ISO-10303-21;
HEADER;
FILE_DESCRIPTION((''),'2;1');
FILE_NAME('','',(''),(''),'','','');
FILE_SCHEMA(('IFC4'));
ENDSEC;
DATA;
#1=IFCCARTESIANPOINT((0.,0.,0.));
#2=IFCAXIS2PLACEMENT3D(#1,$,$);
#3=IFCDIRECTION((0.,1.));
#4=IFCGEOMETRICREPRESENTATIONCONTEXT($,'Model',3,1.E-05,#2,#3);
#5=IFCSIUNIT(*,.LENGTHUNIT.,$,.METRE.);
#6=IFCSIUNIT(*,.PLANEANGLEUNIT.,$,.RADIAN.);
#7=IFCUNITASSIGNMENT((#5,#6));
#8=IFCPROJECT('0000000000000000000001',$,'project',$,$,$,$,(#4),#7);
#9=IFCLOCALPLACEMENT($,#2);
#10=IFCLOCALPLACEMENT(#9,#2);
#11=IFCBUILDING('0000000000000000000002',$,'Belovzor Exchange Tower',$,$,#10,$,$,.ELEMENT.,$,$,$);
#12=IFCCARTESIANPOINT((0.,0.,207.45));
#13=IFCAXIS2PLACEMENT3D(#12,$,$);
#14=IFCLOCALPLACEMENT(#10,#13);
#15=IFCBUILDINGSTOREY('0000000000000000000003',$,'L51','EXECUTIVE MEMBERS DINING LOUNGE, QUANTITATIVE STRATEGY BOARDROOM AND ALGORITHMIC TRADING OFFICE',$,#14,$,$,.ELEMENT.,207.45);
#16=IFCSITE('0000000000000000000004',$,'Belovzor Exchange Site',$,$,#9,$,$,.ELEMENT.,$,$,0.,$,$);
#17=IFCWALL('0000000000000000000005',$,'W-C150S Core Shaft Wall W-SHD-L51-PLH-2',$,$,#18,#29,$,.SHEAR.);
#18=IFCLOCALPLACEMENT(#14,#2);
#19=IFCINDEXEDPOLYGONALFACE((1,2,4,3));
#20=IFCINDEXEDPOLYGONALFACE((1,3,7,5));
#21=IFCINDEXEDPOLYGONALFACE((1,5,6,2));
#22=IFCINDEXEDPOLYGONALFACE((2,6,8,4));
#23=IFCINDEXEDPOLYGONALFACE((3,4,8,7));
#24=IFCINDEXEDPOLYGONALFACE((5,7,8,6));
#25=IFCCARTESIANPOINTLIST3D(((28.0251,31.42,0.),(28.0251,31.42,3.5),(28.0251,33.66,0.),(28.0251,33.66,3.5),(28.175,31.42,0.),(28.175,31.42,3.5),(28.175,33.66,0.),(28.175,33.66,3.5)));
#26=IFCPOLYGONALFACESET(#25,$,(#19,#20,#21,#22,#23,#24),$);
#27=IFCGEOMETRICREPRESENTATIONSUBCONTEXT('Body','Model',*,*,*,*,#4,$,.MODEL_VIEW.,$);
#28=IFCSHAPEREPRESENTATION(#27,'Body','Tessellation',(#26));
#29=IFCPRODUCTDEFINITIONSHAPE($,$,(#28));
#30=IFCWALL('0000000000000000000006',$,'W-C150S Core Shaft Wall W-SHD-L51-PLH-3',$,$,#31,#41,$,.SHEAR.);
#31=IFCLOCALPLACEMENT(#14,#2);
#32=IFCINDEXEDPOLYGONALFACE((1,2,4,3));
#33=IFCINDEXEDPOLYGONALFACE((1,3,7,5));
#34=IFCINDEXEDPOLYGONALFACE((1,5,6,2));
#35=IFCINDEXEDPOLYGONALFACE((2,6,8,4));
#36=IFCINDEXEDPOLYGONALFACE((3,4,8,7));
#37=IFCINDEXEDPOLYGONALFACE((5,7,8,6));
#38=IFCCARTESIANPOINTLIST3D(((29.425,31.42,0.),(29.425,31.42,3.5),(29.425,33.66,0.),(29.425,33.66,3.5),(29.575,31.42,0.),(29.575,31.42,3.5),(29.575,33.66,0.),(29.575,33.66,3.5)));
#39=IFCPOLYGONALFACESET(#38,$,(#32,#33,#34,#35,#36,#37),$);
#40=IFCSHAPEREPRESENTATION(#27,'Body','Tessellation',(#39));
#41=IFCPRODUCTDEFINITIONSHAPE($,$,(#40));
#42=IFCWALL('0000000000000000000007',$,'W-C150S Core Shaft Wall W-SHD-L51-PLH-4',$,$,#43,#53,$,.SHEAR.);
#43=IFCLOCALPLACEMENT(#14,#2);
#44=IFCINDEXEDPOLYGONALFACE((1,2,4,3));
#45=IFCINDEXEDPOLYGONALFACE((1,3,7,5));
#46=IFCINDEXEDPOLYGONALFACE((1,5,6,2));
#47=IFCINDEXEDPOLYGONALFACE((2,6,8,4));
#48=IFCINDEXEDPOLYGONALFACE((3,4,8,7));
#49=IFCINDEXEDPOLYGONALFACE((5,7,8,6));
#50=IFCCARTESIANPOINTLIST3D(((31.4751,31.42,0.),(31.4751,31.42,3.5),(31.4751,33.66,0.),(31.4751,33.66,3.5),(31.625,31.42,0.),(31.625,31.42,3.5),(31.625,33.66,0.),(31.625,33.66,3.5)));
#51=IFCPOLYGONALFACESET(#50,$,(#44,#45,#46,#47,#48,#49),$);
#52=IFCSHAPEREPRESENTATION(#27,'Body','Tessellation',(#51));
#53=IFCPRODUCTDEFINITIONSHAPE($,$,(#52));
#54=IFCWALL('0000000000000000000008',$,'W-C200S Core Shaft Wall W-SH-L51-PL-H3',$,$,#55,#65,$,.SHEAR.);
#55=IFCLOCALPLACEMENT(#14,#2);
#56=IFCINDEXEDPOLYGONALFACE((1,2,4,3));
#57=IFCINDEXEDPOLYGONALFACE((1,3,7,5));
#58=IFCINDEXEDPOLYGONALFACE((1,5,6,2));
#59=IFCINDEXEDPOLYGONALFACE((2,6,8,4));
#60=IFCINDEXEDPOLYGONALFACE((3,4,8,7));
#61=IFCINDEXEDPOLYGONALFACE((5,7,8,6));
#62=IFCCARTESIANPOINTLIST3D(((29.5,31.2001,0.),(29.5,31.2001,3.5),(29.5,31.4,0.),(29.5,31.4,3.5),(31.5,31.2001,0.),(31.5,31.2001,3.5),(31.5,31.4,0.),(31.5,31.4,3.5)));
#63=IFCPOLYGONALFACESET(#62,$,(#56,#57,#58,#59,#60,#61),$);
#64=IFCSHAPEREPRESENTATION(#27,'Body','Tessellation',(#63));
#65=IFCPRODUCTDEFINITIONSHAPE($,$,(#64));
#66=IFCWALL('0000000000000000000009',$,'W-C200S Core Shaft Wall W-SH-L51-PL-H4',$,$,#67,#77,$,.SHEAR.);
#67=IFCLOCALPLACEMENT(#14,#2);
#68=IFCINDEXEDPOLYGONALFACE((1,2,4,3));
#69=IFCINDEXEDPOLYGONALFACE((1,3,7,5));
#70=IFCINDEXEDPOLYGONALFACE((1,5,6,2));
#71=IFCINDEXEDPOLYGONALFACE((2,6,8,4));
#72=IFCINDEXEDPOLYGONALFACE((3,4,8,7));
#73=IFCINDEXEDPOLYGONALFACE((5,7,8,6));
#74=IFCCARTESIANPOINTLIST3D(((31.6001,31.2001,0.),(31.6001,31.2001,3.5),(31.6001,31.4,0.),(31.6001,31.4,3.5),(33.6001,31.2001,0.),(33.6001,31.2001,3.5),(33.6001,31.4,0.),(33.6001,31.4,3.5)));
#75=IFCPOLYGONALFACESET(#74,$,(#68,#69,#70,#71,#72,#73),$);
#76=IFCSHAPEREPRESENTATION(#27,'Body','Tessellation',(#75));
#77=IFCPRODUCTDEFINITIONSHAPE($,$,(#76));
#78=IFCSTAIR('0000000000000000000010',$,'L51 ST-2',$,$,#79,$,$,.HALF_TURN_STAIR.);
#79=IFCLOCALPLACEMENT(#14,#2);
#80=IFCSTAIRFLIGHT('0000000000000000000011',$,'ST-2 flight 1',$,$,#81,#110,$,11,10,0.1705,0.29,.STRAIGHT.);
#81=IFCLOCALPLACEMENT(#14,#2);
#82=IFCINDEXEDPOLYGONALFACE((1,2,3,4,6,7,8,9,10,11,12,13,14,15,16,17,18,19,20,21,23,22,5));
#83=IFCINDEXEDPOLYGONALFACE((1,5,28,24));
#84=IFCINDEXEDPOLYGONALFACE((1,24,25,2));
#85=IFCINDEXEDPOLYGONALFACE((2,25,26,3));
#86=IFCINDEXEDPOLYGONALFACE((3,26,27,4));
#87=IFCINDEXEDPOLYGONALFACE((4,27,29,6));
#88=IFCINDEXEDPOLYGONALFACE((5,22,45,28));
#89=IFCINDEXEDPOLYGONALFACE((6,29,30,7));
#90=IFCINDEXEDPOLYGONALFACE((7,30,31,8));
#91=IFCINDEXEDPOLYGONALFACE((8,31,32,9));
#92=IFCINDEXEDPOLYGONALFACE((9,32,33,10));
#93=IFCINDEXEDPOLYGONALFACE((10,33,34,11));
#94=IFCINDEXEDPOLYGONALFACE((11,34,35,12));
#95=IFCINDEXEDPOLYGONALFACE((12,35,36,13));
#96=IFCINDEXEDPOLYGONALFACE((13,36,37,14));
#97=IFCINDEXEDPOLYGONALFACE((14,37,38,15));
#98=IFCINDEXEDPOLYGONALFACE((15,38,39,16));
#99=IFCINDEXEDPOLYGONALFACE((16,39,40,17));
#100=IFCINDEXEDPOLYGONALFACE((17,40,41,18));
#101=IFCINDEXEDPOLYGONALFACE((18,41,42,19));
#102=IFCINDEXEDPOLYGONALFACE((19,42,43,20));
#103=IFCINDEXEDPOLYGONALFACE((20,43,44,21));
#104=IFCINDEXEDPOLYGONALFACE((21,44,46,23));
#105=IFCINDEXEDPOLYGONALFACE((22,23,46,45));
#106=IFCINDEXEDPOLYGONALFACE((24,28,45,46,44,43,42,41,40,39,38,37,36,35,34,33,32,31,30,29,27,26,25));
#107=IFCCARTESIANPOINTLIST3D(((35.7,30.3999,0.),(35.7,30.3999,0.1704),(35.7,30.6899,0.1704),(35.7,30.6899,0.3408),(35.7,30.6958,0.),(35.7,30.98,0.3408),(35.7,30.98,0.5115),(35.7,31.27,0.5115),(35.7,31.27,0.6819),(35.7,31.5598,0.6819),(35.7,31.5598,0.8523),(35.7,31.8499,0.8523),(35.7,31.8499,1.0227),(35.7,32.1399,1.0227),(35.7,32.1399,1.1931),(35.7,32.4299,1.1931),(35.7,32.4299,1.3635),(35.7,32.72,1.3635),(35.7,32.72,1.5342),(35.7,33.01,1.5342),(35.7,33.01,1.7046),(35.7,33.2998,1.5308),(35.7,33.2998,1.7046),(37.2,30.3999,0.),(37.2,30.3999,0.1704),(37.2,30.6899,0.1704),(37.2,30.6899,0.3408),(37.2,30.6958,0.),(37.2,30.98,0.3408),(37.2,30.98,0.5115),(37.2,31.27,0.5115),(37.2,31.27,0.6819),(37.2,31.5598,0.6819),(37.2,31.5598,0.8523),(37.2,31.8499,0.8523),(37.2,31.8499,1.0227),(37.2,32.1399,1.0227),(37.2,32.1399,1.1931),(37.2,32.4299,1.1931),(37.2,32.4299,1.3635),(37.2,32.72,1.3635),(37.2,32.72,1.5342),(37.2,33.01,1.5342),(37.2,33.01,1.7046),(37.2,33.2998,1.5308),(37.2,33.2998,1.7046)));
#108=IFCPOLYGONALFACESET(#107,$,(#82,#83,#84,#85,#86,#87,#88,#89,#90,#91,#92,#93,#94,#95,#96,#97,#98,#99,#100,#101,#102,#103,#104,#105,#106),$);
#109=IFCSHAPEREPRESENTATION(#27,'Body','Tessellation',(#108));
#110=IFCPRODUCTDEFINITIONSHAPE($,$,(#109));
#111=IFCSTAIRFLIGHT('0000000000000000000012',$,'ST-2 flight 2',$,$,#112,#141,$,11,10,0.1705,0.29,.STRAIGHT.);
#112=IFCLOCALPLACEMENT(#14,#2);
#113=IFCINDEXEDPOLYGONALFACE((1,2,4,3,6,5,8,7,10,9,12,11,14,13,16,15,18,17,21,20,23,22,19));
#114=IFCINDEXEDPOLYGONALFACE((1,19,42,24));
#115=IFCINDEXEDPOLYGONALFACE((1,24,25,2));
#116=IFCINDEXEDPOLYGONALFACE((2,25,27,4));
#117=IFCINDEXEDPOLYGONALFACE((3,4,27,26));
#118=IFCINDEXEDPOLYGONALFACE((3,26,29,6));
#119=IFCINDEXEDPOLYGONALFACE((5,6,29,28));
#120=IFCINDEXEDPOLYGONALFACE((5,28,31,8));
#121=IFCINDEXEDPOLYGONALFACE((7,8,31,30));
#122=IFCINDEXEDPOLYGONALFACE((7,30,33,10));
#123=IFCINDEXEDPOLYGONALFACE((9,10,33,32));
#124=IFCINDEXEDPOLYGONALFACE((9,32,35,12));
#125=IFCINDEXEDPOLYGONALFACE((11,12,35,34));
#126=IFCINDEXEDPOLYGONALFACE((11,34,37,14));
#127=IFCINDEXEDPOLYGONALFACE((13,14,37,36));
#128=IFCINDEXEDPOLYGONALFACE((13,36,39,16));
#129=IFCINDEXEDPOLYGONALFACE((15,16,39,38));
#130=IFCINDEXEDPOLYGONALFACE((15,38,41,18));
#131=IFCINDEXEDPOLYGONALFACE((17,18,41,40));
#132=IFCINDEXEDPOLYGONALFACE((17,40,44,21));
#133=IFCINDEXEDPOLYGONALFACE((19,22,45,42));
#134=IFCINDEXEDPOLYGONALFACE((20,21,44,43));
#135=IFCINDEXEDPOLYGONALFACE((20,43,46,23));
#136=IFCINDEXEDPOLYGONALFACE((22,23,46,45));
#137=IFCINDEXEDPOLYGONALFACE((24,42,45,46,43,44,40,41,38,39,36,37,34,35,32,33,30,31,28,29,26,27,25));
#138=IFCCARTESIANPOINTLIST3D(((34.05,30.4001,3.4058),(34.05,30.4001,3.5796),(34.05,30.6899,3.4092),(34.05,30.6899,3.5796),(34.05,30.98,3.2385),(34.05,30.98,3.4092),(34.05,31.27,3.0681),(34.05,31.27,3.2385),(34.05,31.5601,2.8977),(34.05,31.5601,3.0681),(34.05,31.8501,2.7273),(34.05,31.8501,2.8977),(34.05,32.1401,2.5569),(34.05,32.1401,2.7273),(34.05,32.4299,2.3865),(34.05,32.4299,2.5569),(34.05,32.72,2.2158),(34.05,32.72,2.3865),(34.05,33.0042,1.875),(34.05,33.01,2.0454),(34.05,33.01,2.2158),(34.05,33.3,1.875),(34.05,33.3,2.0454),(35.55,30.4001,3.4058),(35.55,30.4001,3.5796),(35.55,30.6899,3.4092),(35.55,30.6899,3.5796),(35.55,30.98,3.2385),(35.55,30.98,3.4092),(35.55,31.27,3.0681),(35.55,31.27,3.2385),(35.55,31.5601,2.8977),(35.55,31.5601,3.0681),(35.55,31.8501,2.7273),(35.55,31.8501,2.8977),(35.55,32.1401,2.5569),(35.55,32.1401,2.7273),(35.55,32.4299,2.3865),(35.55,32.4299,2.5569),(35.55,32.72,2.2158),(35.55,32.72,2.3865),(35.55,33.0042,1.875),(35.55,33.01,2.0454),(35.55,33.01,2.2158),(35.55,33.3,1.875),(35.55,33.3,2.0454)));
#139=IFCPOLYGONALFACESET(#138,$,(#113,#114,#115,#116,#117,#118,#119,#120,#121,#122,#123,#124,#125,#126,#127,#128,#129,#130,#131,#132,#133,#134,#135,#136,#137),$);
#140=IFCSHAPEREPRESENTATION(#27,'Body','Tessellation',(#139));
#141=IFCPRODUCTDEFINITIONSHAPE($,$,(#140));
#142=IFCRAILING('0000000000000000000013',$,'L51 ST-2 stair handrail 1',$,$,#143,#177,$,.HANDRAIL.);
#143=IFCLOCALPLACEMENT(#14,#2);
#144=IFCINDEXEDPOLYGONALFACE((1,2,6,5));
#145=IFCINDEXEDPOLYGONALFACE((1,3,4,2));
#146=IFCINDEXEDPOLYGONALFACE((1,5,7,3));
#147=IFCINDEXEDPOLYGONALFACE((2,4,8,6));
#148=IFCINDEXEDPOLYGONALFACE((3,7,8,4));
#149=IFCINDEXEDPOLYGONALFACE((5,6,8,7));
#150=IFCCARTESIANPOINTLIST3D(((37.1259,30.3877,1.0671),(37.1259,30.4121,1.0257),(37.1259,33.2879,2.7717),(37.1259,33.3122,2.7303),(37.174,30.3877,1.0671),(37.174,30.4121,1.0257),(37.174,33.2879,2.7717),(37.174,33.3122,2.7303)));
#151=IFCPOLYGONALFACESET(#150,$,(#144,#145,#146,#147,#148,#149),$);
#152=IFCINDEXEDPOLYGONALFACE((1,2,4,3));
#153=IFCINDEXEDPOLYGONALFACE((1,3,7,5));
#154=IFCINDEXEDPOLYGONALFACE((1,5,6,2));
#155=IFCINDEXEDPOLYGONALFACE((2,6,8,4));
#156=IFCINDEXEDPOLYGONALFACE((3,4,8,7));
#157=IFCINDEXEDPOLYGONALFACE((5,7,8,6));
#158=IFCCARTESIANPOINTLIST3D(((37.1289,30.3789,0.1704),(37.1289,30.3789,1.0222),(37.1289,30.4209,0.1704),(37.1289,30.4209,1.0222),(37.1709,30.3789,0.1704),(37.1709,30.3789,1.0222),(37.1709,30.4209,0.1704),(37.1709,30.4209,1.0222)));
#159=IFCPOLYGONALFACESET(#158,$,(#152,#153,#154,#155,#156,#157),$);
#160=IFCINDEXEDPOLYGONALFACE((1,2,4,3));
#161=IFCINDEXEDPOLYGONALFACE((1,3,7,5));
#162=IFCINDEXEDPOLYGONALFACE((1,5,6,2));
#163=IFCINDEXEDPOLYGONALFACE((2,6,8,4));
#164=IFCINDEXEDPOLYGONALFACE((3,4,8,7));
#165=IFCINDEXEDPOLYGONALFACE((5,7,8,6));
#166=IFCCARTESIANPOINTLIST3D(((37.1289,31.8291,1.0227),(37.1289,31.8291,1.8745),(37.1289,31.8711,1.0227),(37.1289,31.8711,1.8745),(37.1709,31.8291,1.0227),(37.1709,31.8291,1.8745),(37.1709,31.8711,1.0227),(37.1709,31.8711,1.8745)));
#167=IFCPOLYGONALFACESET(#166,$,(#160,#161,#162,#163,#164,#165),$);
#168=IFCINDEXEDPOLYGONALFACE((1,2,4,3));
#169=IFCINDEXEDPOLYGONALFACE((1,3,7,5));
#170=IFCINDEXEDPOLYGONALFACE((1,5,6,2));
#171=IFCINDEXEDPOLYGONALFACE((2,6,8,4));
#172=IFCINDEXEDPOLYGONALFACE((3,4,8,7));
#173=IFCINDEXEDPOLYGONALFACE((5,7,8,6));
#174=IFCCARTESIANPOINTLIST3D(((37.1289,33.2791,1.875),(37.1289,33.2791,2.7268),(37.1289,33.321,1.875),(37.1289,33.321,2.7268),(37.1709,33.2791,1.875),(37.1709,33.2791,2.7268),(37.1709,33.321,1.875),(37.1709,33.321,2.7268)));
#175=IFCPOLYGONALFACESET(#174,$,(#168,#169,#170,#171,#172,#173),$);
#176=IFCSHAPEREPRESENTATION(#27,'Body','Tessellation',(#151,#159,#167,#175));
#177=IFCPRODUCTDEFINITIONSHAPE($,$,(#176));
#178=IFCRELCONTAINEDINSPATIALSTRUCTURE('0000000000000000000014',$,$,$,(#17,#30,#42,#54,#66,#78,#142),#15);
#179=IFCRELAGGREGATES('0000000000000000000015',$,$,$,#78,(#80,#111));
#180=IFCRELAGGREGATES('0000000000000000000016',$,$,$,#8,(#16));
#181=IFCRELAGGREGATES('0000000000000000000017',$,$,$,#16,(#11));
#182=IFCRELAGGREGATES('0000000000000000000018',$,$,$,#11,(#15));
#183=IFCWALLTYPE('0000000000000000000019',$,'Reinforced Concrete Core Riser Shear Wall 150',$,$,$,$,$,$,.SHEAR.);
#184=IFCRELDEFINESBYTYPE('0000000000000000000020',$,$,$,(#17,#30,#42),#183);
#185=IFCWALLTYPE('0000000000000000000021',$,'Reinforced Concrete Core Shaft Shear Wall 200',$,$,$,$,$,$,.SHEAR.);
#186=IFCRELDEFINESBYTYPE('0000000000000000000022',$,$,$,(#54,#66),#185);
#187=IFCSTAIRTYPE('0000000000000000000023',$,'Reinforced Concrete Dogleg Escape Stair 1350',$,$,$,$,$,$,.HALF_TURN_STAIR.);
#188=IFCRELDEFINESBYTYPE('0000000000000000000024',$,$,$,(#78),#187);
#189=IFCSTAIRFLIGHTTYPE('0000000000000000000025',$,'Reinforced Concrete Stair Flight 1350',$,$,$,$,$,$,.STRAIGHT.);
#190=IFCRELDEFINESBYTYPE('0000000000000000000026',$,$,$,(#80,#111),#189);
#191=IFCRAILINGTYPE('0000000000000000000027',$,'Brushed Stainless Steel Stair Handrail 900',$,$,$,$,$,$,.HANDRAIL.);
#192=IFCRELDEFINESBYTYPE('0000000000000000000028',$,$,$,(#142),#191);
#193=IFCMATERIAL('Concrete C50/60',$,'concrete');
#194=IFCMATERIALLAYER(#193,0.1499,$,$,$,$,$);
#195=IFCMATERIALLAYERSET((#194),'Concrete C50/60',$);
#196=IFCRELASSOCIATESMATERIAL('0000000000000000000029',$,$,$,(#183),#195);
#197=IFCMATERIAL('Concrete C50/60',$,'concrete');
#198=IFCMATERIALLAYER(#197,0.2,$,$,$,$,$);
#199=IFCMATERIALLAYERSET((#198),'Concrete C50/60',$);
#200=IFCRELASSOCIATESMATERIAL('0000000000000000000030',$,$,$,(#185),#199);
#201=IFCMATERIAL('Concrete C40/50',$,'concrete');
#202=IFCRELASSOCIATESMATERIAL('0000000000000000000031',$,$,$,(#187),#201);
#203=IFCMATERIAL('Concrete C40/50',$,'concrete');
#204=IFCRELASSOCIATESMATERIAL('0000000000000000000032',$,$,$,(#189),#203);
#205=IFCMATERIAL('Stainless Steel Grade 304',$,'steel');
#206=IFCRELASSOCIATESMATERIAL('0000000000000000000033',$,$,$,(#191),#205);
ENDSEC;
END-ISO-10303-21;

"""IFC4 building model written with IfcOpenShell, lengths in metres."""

from ifc_helpers import new_model, si_unit, direction, frame, frame_2d, origin, origin_2d, place, context, subcontext, project, spatial, polyline, rectangle, outline, extrude, material, layer, layer_set, type_object, element, aggregate, save


model = new_model("IFC4")

# Units and contexts
model_context = context("Model", 3, precision=1e-05, world=origin(), true_north=direction((0.0, 1.0)))
body_context = subcontext(model_context, "Body", "Model", "MODEL_VIEW")
ifc_project = project(units=[si_unit("LENGTHUNIT", "METRE"), si_unit("PLANEANGLEUNIT", "RADIAN")], contexts=[model_context])

# Site, building, storey
site_placement = place(None, origin())
site = spatial("IfcSite", under=ifc_project, at=site_placement, Name="Belovzor Exchange Site", CompositionType="ELEMENT", RefElevation=0.0)
building_placement = place(site_placement, origin())
building = spatial("IfcBuilding", under=site, at=building_placement, Name="Belovzor Exchange Tower", CompositionType="ELEMENT")
storey_placement = place(building_placement, frame((0.0, 0.0, 207.45)))
storey = spatial("IfcBuildingStorey", under=building, at=storey_placement, Name="L51", Description="EXECUTIVE MEMBERS DINING LOUNGE, QUANTITATIVE STRATEGY BOARDROOM AND ALGORITHMIC TRADING OFFICE", CompositionType="ELEMENT", Elevation=207.45)

# Walls
ifc_material_1 = material(Name="Concrete C50/60", Category="concrete")
ifc_layer_1 = layer(ifc_material_1, 0.1499)
ifc_layer_set_1 = layer_set([ifc_layer_1], Name="Concrete C50/60")
wall_type_1 = type_object("IfcWallType", Name="Reinforced Concrete Core Riser Shear Wall 150", PredefinedType="SHEAR", material=ifc_layer_set_1)
for number, where, z_axis, x_axis, name in (
    (1, (28.1001, 31.4199, 0.0), (0.0, 0.0, 1.0), (0.0, 1.0, 0.0), "W-C150S Core Shaft Wall W-SHD-L51-PLH-2"),
    (2, (29.5, 31.4199, 0.0), (0.0, 0.0, 1.0), (0.0, 1.0, 0.0), "W-C150S Core Shaft Wall W-SHD-L51-PLH-3"),
    (3, (31.55, 31.4199, 0.0), (0.0, 0.0, 1.0), (0.0, 1.0, 0.0), "W-C150S Core Shaft Wall W-SHD-L51-PLH-4"),
):
    element("IfcWall", number, at=place(storey_placement, frame(where, z_axis=z_axis, x_axis=x_axis)), inside=storey, type_object=wall_type_1, Name=name, PredefinedType="SHEAR", context=body_context, shape_type="SweptSolid", body=[
        extrude(rectangle(XDim=2.24, YDim=0.1499, at=frame_2d((1.1201, 0.0))), origin(), (0.0, 0.0, 1.0), 3.5),
    ])
ifc_material_2 = material(Name="Concrete C50/60", Category="concrete")
ifc_layer_2 = layer(ifc_material_2, 0.2)
ifc_layer_set_2 = layer_set([ifc_layer_2], Name="Concrete C50/60")
wall_type_2 = type_object("IfcWallType", Name="Reinforced Concrete Core Shaft Shear Wall 200", PredefinedType="SHEAR", material=ifc_layer_set_2)
for number, where, z_axis, x_axis, name in (
    (4, (29.5, 31.3, 0.0), (0.0, 0.0, 1.0), (1.0, 0.0, 0.0), "W-C200S Core Shaft Wall W-SH-L51-PL-H3"),
    (5, (31.6001, 31.3, 0.0), (0.0, 0.0, 1.0), (1.0, 0.0, 0.0), "W-C200S Core Shaft Wall W-SH-L51-PL-H4"),
):
    element("IfcWall", number, at=place(storey_placement, frame(where, z_axis=z_axis, x_axis=x_axis)), inside=storey, type_object=wall_type_2, Name=name, PredefinedType="SHEAR", context=body_context, shape_type="SweptSolid", body=[
        extrude(rectangle(XDim=2.0, YDim=0.2, at=frame_2d((1.0, 0.0))), origin(), (0.0, 0.0, 1.0), 3.5),
    ])

# Stair, stair flights
ifc_material_3 = material(Name="Concrete C40/50", Category="concrete")
stair_type = type_object("IfcStairType", Name="Reinforced Concrete Dogleg Escape Stair 1350", PredefinedType="HALF_TURN_STAIR", material=ifc_material_3)
stair_placement = place(storey_placement, origin())
stair = element("IfcStair", 6, at=stair_placement, inside=storey, type_object=stair_type, Name="L51 ST-2", PredefinedType="HALF_TURN_STAIR")
ifc_material_4 = material(Name="Concrete C40/50", Category="concrete")
stair_flight_type = type_object("IfcStairFlightType", Name="Reinforced Concrete Stair Flight 1350", PredefinedType="STRAIGHT", material=ifc_material_4)
stair_flight_1_placement = place(storey_placement, frame((36.45, 30.3999, 0.0), z_axis=(0.0, 0.0, 1.0), x_axis=(0.0, 1.0, 0.0)))
stair_flight_1 = element("IfcStairFlight", 7, at=stair_flight_1_placement, type_object=stair_flight_type, Name="ST-2 flight 1", NumberOfRisers=11, NumberOfTreads=10, PredefinedType="STRAIGHT", RiserHeight=0.1705, TreadLength=0.29, context=body_context, shape_type="SweptSolid", body=[
    extrude(outline(polyline([(0.0, 0.0), (0.0, 0.1704), (0.29, 0.1704), (0.29, 0.3408), (0.5801, 0.3408), (0.5801, 0.5115), (0.8701, 0.5115), (0.8701, 0.6819), (1.1599, 0.6819), (1.1599, 0.8523), (1.45, 0.8523), (1.45, 1.0227), (1.74, 1.0227), (1.74, 1.1931), (2.03, 1.1931), (2.03, 1.3635), (2.3201, 1.3635), (2.3201, 1.5342), (2.6101, 1.5342), (2.6101, 1.7046), (2.8999, 1.7046), (2.8999, 1.875), (2.8999, 1.5308), (0.2959, 0.0), (0.0, 0.0)])), frame((0.0, 0.75, 0.0), z_axis=(0.0, -1.0, 0.0), x_axis=(1.0, 0.0, 0.0)), (0.0, 0.0, 1.0), 1.5),
])
stair_flight_2_placement = place(storey_placement, frame((34.8, 33.3, 1.875), z_axis=(0.0, 0.0, 1.0), x_axis=(0.0, -1.0, 0.0)))
stair_flight_2 = element("IfcStairFlight", 8, at=stair_flight_2_placement, type_object=stair_flight_type, Name="ST-2 flight 2", NumberOfRisers=11, NumberOfTreads=10, PredefinedType="STRAIGHT", RiserHeight=0.1705, TreadLength=0.29, context=body_context, shape_type="SweptSolid", body=[
    extrude(outline(polyline([(0.0, 0.0), (0.0, 0.1704), (0.29, 0.1704), (0.29, 0.3408), (0.5801, 0.3408), (0.5801, 0.5115), (0.8701, 0.5115), (0.8701, 0.6819), (1.1599, 0.6819), (1.1599, 0.8523), (1.45, 0.8523), (1.45, 1.0227), (1.74, 1.0227), (1.74, 1.1931), (2.03, 1.1931), (2.03, 1.3635), (2.3201, 1.3635), (2.3201, 1.5342), (2.6101, 1.5342), (2.6101, 1.7046), (2.8999, 1.7046), (2.8999, 1.875), (2.8999, 1.5308), (0.2959, 0.0), (0.0, 0.0)])), frame((0.0, 0.75, 0.0), z_axis=(0.0, -1.0, 0.0), x_axis=(1.0, 0.0, 0.0)), (0.0, 0.0, 1.0), 1.5),
])
aggregate(stair, [stair_flight_1, stair_flight_2])

# Railing
ifc_material_5 = material(Name="Stainless Steel Grade 304", Category="steel")
railing_type_1 = type_object("IfcRailingType", Name="Brushed Stainless Steel Stair Handrail 900", PredefinedType="HANDRAIL", material=ifc_material_5)
railing_1_placement = place(storey_placement, frame((37.1499, 30.3999, 0.1704)))
element("IfcRailing", 9, at=railing_1_placement, inside=storey, type_object=railing_type_1, Name="L51 ST-2 stair handrail 1", PredefinedType="HANDRAIL", context=body_context, shape_type="SweptSolid", body=[
    extrude(rectangle(XDim=0.0481, YDim=0.0481, at=origin_2d()), frame((0.0, 0.0, 0.876), z_axis=(0.0, 0.862113, 0.506716), x_axis=(-1.0, 0.0, 0.0)), (0.0, 0.0, 1.0), 3.364),
    extrude(rectangle(XDim=0.042, YDim=0.042, at=origin_2d()), origin(), (0.0, 0.0, 1.0), 0.8518),
    extrude(rectangle(XDim=0.042, YDim=0.042, at=origin_2d()), frame((0.0, 1.4502, 0.8523)), (0.0, 0.0, 1.0), 0.8518),
    extrude(rectangle(XDim=0.042, YDim=0.042, at=origin_2d()), frame((0.0, 2.9001, 1.7046)), (0.0, 0.0, 1.0), 0.8518),
])

save(model, "model.ifc")
